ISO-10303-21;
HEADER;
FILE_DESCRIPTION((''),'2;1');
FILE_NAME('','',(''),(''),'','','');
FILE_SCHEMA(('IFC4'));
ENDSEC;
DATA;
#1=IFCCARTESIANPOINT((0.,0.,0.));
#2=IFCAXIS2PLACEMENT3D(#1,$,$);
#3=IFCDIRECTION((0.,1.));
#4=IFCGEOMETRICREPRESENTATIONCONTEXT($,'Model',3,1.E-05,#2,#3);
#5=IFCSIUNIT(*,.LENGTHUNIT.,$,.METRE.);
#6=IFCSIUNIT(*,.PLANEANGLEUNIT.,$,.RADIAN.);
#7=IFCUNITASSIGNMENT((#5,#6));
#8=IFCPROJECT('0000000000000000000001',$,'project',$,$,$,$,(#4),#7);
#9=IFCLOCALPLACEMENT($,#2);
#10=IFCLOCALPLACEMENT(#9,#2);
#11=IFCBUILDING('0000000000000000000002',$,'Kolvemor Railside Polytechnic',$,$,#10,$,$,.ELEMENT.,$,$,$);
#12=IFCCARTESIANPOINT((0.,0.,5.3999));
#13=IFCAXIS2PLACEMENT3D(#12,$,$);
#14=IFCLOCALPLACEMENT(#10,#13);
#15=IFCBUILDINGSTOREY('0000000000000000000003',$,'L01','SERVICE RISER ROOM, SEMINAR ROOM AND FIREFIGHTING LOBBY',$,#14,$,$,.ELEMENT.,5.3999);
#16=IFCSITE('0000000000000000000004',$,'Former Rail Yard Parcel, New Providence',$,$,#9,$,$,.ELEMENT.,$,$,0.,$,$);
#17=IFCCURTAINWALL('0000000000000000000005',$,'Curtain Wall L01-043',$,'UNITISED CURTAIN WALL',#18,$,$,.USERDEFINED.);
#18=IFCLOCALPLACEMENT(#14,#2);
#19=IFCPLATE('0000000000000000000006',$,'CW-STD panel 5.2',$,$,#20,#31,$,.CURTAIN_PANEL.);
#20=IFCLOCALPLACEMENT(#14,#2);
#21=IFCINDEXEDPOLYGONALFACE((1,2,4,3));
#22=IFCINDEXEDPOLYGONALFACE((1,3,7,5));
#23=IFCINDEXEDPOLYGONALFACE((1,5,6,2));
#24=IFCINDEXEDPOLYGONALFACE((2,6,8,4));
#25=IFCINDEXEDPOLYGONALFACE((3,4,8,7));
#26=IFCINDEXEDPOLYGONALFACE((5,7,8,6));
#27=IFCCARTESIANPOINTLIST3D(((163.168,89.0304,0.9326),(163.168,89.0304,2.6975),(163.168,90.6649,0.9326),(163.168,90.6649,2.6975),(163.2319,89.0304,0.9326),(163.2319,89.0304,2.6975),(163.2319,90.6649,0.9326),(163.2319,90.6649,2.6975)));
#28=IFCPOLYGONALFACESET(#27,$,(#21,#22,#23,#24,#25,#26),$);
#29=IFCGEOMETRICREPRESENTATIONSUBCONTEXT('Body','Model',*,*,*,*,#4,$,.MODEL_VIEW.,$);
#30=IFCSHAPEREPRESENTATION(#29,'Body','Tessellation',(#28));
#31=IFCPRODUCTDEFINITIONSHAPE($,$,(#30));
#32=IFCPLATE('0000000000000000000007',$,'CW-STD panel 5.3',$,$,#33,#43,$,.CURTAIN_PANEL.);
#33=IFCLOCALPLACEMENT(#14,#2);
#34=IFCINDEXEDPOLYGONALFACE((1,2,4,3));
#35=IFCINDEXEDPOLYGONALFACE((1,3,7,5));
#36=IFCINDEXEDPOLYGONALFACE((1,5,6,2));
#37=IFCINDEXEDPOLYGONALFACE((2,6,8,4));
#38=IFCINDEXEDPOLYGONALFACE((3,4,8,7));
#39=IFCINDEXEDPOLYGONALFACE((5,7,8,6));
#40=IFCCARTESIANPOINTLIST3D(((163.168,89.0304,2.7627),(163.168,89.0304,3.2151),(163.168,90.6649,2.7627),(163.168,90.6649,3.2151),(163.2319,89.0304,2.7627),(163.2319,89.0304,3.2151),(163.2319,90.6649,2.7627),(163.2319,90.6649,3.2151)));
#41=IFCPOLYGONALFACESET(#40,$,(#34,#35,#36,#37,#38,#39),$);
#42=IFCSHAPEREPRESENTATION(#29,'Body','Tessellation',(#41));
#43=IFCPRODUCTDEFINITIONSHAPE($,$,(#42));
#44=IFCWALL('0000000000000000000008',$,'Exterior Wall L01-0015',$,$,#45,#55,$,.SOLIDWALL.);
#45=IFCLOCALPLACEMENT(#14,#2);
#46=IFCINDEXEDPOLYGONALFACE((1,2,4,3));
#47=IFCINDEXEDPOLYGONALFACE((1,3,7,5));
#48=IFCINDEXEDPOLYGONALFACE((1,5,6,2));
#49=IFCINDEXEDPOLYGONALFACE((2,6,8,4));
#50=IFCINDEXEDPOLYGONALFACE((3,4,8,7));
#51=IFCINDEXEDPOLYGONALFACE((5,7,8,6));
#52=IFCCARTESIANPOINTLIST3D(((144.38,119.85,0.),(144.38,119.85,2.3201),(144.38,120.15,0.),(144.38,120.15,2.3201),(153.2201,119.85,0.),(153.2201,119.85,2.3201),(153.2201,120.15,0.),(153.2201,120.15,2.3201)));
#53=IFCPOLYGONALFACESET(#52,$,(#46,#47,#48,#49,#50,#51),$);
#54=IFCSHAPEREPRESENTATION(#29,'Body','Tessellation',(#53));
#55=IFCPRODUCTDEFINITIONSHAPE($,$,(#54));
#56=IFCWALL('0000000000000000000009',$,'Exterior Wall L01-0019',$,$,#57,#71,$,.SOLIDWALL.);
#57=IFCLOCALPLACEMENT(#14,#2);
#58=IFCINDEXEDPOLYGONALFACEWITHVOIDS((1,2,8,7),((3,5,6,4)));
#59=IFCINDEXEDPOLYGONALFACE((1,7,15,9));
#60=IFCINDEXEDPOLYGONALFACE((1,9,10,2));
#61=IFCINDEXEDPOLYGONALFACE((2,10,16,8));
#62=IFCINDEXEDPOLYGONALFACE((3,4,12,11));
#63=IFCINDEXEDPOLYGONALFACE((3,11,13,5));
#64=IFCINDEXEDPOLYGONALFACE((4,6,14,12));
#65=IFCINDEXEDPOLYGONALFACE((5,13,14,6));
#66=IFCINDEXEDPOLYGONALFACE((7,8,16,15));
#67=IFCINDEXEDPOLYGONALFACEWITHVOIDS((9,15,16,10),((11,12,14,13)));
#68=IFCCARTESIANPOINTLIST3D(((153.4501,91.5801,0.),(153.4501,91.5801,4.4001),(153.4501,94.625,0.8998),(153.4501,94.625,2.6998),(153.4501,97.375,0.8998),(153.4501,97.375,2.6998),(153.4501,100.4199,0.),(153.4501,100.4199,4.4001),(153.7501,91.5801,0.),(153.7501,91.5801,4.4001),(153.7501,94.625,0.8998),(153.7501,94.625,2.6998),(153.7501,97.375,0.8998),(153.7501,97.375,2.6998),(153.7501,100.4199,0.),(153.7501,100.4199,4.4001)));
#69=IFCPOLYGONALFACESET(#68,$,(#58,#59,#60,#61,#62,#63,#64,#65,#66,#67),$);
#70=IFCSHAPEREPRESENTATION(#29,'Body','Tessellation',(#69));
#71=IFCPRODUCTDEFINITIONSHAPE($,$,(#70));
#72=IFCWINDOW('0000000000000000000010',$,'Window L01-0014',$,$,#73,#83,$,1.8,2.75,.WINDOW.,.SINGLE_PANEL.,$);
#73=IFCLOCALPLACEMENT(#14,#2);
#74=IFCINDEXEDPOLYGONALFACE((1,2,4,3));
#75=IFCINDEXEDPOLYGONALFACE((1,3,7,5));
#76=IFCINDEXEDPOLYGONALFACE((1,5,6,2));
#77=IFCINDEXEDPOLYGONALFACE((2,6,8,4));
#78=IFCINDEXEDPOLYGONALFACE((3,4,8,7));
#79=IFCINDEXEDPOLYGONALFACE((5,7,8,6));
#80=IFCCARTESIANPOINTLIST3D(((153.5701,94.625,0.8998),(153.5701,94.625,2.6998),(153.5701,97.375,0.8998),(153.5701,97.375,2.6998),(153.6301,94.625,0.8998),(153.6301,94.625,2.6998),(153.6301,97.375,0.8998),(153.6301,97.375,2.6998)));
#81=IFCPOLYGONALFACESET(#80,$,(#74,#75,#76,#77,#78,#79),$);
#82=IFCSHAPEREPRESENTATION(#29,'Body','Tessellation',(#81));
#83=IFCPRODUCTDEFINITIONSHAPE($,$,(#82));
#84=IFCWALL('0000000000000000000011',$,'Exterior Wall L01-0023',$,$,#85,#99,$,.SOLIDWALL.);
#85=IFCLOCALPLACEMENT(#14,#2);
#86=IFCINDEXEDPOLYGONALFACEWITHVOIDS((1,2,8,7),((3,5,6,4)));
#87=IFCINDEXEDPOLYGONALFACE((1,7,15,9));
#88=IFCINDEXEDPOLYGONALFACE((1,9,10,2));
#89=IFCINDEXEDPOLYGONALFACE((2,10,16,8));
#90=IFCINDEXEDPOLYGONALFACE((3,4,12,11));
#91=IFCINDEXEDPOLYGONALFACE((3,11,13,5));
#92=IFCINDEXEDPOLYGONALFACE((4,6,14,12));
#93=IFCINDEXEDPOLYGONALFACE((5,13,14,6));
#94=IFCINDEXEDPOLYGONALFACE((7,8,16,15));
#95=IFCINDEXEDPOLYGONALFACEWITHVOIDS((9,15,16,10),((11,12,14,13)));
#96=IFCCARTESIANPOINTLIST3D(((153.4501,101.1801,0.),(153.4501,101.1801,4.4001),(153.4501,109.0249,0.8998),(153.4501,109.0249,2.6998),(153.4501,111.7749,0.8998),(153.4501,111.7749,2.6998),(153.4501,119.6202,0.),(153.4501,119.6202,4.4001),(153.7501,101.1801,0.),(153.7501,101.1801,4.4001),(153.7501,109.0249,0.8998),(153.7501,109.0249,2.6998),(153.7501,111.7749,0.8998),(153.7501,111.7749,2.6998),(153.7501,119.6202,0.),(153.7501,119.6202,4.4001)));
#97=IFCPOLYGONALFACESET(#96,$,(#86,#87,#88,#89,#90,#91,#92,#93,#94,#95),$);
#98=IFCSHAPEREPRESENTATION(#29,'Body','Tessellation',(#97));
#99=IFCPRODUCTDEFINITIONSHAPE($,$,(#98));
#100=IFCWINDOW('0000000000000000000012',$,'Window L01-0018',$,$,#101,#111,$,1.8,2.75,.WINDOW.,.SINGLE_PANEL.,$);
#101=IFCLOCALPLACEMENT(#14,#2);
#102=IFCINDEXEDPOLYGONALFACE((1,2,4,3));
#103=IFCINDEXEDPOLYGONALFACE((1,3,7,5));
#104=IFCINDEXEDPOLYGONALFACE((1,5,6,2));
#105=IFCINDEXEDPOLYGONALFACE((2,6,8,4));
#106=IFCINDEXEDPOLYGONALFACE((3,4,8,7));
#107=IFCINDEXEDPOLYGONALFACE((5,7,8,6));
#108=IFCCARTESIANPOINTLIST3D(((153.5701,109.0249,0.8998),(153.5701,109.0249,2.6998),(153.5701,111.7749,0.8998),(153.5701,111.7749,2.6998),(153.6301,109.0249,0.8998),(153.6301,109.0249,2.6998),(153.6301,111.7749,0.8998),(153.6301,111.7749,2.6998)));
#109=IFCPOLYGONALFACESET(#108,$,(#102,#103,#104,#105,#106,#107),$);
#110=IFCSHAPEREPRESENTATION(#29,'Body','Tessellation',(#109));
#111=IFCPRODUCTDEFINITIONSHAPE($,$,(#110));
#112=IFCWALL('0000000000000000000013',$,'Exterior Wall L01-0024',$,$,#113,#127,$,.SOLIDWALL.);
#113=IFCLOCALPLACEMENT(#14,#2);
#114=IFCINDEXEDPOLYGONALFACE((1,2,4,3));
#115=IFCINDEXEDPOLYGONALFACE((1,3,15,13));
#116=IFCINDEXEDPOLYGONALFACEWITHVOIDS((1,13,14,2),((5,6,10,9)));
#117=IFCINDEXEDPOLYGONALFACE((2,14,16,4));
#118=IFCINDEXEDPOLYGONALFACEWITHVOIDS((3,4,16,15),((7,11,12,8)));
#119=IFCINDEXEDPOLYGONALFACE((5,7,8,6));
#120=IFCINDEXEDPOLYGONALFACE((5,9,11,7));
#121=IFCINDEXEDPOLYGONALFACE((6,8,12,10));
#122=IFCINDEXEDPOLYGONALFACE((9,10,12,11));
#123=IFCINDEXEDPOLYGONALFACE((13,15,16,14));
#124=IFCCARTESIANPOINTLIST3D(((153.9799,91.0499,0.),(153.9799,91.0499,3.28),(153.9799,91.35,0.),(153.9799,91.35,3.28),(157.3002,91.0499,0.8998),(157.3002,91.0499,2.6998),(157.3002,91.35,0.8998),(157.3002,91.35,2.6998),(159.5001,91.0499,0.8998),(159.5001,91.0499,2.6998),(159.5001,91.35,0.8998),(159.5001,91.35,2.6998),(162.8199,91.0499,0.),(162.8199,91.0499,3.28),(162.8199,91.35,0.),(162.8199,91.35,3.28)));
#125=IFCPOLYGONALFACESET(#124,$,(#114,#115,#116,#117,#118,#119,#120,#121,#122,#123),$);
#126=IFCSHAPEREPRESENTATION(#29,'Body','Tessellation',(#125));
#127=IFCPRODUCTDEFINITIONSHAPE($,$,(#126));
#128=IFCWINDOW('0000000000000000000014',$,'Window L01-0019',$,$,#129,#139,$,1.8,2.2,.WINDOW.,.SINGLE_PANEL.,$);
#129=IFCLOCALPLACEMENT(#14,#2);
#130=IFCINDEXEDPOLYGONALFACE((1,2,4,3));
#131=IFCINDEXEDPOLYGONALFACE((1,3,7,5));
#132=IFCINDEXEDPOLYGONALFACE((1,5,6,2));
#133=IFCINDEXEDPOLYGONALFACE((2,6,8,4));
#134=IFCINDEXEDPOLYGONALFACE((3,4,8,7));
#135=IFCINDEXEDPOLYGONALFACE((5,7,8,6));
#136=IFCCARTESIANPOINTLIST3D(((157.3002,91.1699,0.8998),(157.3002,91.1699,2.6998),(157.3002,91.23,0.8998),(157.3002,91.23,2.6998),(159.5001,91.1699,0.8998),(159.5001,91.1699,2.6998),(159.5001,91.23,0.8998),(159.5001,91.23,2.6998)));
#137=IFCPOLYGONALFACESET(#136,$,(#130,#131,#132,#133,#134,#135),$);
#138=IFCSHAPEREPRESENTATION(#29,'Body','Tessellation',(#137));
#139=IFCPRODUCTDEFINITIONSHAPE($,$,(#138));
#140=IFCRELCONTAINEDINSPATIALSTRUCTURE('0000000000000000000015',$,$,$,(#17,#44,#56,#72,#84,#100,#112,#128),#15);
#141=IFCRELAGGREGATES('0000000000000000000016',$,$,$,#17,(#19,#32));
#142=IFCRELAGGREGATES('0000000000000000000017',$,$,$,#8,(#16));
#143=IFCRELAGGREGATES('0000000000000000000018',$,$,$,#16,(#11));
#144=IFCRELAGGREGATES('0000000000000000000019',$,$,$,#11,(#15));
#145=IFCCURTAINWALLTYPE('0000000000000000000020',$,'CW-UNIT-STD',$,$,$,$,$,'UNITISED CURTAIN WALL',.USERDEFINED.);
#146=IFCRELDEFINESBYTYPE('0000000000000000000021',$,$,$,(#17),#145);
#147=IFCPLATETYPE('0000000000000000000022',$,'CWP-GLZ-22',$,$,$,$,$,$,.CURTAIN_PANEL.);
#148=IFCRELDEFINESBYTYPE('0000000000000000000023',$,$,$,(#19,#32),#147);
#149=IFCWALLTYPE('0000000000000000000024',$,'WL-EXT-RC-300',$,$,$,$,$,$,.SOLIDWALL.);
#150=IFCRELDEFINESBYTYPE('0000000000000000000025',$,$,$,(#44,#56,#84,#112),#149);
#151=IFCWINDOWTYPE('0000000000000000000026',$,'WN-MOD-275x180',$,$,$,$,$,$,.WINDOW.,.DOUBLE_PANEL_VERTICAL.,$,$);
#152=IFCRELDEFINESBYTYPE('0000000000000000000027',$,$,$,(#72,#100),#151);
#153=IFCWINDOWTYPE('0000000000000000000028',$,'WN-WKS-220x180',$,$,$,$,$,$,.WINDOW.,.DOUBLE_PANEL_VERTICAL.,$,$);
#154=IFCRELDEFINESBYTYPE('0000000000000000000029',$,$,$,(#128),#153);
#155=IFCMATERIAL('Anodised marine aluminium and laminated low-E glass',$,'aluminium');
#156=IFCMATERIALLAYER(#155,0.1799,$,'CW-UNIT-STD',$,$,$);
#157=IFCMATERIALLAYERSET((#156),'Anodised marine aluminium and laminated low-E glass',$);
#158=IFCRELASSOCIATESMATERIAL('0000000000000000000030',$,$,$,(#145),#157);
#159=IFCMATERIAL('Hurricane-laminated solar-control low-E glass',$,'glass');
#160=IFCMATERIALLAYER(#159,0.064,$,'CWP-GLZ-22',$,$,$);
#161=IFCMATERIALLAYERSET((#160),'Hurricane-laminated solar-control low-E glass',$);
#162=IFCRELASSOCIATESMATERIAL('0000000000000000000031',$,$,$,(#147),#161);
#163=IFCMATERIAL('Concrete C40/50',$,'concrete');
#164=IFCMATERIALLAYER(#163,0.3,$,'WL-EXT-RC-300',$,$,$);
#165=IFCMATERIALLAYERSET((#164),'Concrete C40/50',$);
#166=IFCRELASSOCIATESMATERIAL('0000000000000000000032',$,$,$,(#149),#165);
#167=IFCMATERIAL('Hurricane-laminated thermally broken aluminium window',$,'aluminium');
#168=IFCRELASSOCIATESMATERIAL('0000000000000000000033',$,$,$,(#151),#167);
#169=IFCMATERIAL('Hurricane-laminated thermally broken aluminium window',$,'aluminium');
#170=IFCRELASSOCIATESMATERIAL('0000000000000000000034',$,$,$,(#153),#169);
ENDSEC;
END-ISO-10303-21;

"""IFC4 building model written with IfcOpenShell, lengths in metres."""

from ifc_helpers import new_model, si_unit, direction, frame, frame_2d, origin, origin_2d, place, context, subcontext, project, spatial, rectangle, extrude, material, layer, layer_set, type_object, element, fill, aggregate, save


model = new_model("IFC4")

# Units and contexts
model_context = context("Model", 3, precision=1e-05, world=origin(), true_north=direction((0.0, 1.0)))
body_context = subcontext(model_context, "Body", "Model", "MODEL_VIEW")
ifc_project = project(units=[si_unit("LENGTHUNIT", "METRE"), si_unit("PLANEANGLEUNIT", "RADIAN")], contexts=[model_context])

# Site, building, storey
site_placement = place(None, origin())
site = spatial("IfcSite", under=ifc_project, at=site_placement, Name="Former Rail Yard Parcel, New Providence", CompositionType="ELEMENT", RefElevation=0.0)
building_placement = place(site_placement, origin())
building = spatial("IfcBuilding", under=site, at=building_placement, Name="Kolvemor Railside Polytechnic", CompositionType="ELEMENT")
storey_placement = place(building_placement, frame((0.0, 0.0, 5.3999)))
storey = spatial("IfcBuildingStorey", under=building, at=storey_placement, Name="L01", Description="SERVICE RISER ROOM, SEMINAR ROOM AND FIREFIGHTING LOBBY", CompositionType="ELEMENT", Elevation=5.3999)

# Curtain wall
ifc_material_1 = material(Name="Anodised marine aluminium and laminated low-E glass", Category="aluminium")
ifc_layer_1 = layer(ifc_material_1, 0.1799, Name="CW-UNIT-STD")
ifc_layer_set_1 = layer_set([ifc_layer_1], Name="Anodised marine aluminium and laminated low-E glass")
curtain_wall_type = type_object("IfcCurtainWallType", Name="CW-UNIT-STD", ElementType="UNITISED CURTAIN WALL", PredefinedType="USERDEFINED", material=ifc_layer_set_1)
curtain_wall_placement = place(storey_placement, origin())
curtain_wall = element("IfcCurtainWall", 1, at=curtain_wall_placement, inside=storey, type_object=curtain_wall_type, Name="Curtain Wall L01-043", ObjectType="UNITISED CURTAIN WALL", PredefinedType="USERDEFINED")

# Plates
ifc_material_2 = material(Name="Hurricane-laminated solar-control low-E glass", Category="glass")
ifc_layer_2 = layer(ifc_material_2, 0.064, Name="CWP-GLZ-22")
ifc_layer_set_2 = layer_set([ifc_layer_2], Name="Hurricane-laminated solar-control low-E glass")
plate_type = type_object("IfcPlateType", Name="CWP-GLZ-22", PredefinedType="CURTAIN_PANEL", material=ifc_layer_set_2)
plate_1_placement = place(storey_placement, frame((163.2, 89.8477, 0.9326), z_axis=(0.0, 0.0, 1.0), x_axis=(0.0, 1.0, 0.0)))
plate_1 = element("IfcPlate", 2, at=plate_1_placement, type_object=plate_type, Name="CW-STD panel 5.2", PredefinedType="CURTAIN_PANEL", context=body_context, shape_type="SweptSolid", body=[
    extrude(rectangle(XDim=1.6345, YDim=0.064, at=origin_2d()), origin(), (0.0, 0.0, 1.0), 1.7649),
])
plate_2_placement = place(storey_placement, frame((163.2, 89.8477, 2.7627), z_axis=(0.0, 0.0, 1.0), x_axis=(0.0, 1.0, 0.0)))
plate_2 = element("IfcPlate", 3, at=plate_2_placement, type_object=plate_type, Name="CW-STD panel 5.3", PredefinedType="CURTAIN_PANEL", context=body_context, shape_type="SweptSolid", body=[
    extrude(rectangle(XDim=1.6345, YDim=0.064, at=origin_2d()), origin(), (0.0, 0.0, 1.0), 0.4524),
])
aggregate(curtain_wall, [plate_1, plate_2])

# Wall
ifc_material_3 = material(Name="Concrete C40/50", Category="concrete")
ifc_layer_3 = layer(ifc_material_3, 0.3, Name="WL-EXT-RC-300")
ifc_layer_set_3 = layer_set([ifc_layer_3], Name="Concrete C40/50")
wall_type = type_object("IfcWallType", Name="WL-EXT-RC-300", PredefinedType="SOLIDWALL", material=ifc_layer_set_3)
wall_1_placement = place(storey_placement, frame((153.22, 120.0, 0.0), z_axis=(0.0, 0.0, 1.0), x_axis=(-1.0, 0.0, 0.0)))
element("IfcWall", 4, at=wall_1_placement, inside=storey, type_object=wall_type, Name="Exterior Wall L01-0015", PredefinedType="SOLIDWALL", context=body_context, shape_type="SweptSolid", body=[
    extrude(rectangle(XDim=8.8401, YDim=0.3, at=frame_2d((4.4199, 0.0))), origin(), (0.0, 0.0, 1.0), 2.3201),
])

# Walls, openings, windows
wall_2_placement = place(storey_placement, frame((153.6001, 91.5801, 0.0), z_axis=(0.0, 0.0, 1.0), x_axis=(0.0, 1.0, 0.0)))
wall_2 = element("IfcWall", 5, at=wall_2_placement, inside=storey, type_object=wall_type, Name="Exterior Wall L01-0019", PredefinedType="SOLIDWALL", context=body_context, shape_type="SweptSolid", body=[
    extrude(rectangle(XDim=8.8398, YDim=0.3, at=frame_2d((4.4199, 0.0))), origin(), (0.0, 0.0, 1.0), 4.4001),
])
opening_1_placement = place(wall_2_placement, frame((3.0449, 0.0, 0.8999)))
opening_1 = element("IfcOpeningElement", 6, at=opening_1_placement, cuts=wall_2, PredefinedType="OPENING", context=body_context, shape_type="SweptSolid", body=[
    extrude(rectangle(XDim=2.75, YDim=1.8, at=frame_2d((1.375, 0.8999))), frame((0.0, 0.1599, 0.0), z_axis=(0.0, -1.0, 0.0), x_axis=(1.0, 0.0, 0.0)), (0.0, 0.0, 1.0), 0.3201),
])
ifc_material_4 = material(Name="Hurricane-laminated thermally broken aluminium window", Category="aluminium")
window_type_1 = type_object("IfcWindowType", Name="WN-MOD-275x180", PartitioningType="DOUBLE_PANEL_VERTICAL", PredefinedType="WINDOW", material=ifc_material_4)
window_1_placement = place(opening_1_placement, origin())
window_1 = element("IfcWindow", 7, at=window_1_placement, inside=storey, type_object=window_type_1, Name="Window L01-0014", OverallHeight=1.8, OverallWidth=2.75, PartitioningType="SINGLE_PANEL", PredefinedType="WINDOW", context=body_context, shape_type="SweptSolid", body=[
    extrude(rectangle(XDim=2.75, YDim=1.8, at=frame_2d((1.375, 0.8999))), frame((0.0, 0.03, 0.0), z_axis=(0.0, -1.0, 0.0), x_axis=(1.0, 0.0, 0.0)), (0.0, 0.0, 1.0), 0.0601),
])
fill(opening_1, window_1)
wall_3_placement = place(storey_placement, frame((153.6001, 101.1799, 0.0), z_axis=(0.0, 0.0, 1.0), x_axis=(0.0, 1.0, 0.0)))
wall_3 = element("IfcWall", 8, at=wall_3_placement, inside=storey, type_object=wall_type, Name="Exterior Wall L01-0023", PredefinedType="SOLIDWALL", context=body_context, shape_type="SweptSolid", body=[
    extrude(rectangle(XDim=18.4402, YDim=0.3, at=frame_2d((9.2202, 0.0))), origin(), (0.0, 0.0, 1.0), 4.4001),
])
opening_2_placement = place(wall_3_placement, frame((7.845, 0.0, 0.8999)))
opening_2 = element("IfcOpeningElement", 9, at=opening_2_placement, cuts=wall_3, PredefinedType="OPENING", context=body_context, shape_type="SweptSolid", body=[
    extrude(rectangle(XDim=2.75, YDim=1.8, at=frame_2d((1.375, 0.8999))), frame((0.0, 0.1599, 0.0), z_axis=(0.0, -1.0, 0.0), x_axis=(1.0, 0.0, 0.0)), (0.0, 0.0, 1.0), 0.3201),
])
window_2_placement = place(opening_2_placement, origin())
window_2 = element("IfcWindow", 10, at=window_2_placement, inside=storey, type_object=window_type_1, Name="Window L01-0018", OverallHeight=1.8, OverallWidth=2.75, PartitioningType="SINGLE_PANEL", PredefinedType="WINDOW", context=body_context, shape_type="SweptSolid", body=[
    extrude(rectangle(XDim=2.75, YDim=1.8, at=frame_2d((1.375, 0.8999))), frame((0.0, 0.03, 0.0), z_axis=(0.0, -1.0, 0.0), x_axis=(1.0, 0.0, 0.0)), (0.0, 0.0, 1.0), 0.0601),
])
fill(opening_2, window_2)
wall_4_placement = place(storey_placement, frame((153.98, 91.2, 0.0), z_axis=(0.0, 0.0, 1.0), x_axis=(1.0, 0.0, 0.0)))
wall_4 = element("IfcWall", 11, at=wall_4_placement, inside=storey, type_object=wall_type, Name="Exterior Wall L01-0024", PredefinedType="SOLIDWALL", context=body_context, shape_type="SweptSolid", body=[
    extrude(rectangle(XDim=8.8401, YDim=0.3, at=frame_2d((4.4199, 0.0))), origin(), (0.0, 0.0, 1.0), 3.28),
])
opening_3_placement = place(wall_4_placement, frame((3.3201, 0.0, 0.8999)))
opening_3 = element("IfcOpeningElement", 12, at=opening_3_placement, cuts=wall_4, PredefinedType="OPENING", context=body_context, shape_type="SweptSolid", body=[
    extrude(rectangle(XDim=2.2, YDim=1.8, at=frame_2d((1.1001, 0.8999))), frame((0.0, 0.1599, 0.0), z_axis=(0.0, -1.0, 0.0), x_axis=(1.0, 0.0, 0.0)), (0.0, 0.0, 1.0), 0.3201),
])
ifc_material_5 = material(Name="Hurricane-laminated thermally broken aluminium window", Category="aluminium")
window_type_2 = type_object("IfcWindowType", Name="WN-WKS-220x180", PartitioningType="DOUBLE_PANEL_VERTICAL", PredefinedType="WINDOW", material=ifc_material_5)
window_3_placement = place(opening_3_placement, origin())
window_3 = element("IfcWindow", 13, at=window_3_placement, inside=storey, type_object=window_type_2, Name="Window L01-0019", OverallHeight=1.8, OverallWidth=2.2, PartitioningType="SINGLE_PANEL", PredefinedType="WINDOW", context=body_context, shape_type="SweptSolid", body=[
    extrude(rectangle(XDim=2.2, YDim=1.8, at=frame_2d((1.1001, 0.8999))), frame((0.0, 0.03, 0.0), z_axis=(0.0, -1.0, 0.0), x_axis=(1.0, 0.0, 0.0)), (0.0, 0.0, 1.0), 0.0601),
])
fill(opening_3, window_3)

save(model, "model.ifc")
